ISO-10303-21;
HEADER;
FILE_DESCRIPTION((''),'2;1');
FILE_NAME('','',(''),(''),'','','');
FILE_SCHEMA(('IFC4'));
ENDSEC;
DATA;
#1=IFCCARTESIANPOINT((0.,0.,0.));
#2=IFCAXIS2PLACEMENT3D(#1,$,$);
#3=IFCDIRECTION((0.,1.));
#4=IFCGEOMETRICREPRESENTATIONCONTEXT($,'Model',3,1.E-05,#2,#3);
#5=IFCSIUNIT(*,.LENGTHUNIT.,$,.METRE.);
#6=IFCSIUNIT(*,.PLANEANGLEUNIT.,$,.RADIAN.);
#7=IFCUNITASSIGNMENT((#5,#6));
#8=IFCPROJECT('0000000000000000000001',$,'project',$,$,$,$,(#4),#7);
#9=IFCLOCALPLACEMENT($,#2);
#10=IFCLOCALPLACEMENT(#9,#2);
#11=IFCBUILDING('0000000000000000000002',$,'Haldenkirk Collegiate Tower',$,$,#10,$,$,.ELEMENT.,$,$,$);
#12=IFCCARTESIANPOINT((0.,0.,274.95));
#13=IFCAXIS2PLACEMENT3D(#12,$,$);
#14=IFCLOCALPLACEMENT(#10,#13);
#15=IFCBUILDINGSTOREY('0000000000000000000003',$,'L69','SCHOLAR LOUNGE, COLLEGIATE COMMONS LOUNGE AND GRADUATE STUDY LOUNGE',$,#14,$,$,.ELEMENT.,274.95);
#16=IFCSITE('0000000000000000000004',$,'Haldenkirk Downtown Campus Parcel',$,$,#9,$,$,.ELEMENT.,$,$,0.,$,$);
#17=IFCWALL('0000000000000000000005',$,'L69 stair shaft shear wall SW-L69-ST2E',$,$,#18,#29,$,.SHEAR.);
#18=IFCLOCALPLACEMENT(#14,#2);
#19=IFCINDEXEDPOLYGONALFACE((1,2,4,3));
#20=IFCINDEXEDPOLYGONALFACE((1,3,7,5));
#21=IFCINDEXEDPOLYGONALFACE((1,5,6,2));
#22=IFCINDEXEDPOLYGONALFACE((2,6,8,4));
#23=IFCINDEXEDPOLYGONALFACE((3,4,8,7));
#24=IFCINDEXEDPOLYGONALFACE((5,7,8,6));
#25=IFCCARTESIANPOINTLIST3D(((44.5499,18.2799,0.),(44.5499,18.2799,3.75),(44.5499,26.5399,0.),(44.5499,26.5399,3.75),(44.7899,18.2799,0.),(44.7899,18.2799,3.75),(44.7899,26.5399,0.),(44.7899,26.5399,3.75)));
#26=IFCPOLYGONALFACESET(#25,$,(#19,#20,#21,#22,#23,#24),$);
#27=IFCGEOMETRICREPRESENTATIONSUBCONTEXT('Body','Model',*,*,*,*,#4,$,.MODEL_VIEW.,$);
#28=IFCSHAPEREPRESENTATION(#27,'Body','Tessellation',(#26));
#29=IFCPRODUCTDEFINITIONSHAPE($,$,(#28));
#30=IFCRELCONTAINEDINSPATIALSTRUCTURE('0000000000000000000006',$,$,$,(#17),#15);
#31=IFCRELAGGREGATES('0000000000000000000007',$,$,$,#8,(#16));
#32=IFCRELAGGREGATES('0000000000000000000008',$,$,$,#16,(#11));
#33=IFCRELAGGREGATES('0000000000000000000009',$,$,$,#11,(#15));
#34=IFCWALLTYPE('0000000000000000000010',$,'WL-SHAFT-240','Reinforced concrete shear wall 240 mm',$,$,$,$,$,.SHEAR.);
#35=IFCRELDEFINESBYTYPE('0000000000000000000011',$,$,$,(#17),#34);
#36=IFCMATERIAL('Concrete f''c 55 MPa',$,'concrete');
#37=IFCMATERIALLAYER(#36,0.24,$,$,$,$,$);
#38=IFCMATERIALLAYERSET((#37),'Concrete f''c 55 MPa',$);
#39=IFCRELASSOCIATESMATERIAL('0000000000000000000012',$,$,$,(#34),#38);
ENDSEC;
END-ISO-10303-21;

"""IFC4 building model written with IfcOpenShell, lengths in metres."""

from ifc_helpers import new_model, si_unit, direction, frame, frame_2d, origin, place, context, subcontext, project, spatial, rectangle, extrude, material, layer, layer_set, type_object, element, save


model = new_model("IFC4")

# Units and contexts
model_context = context("Model", 3, precision=1e-05, world=origin(), true_north=direction((0.0, 1.0)))
body_context = subcontext(model_context, "Body", "Model", "MODEL_VIEW")
ifc_project = project(units=[si_unit("LENGTHUNIT", "METRE"), si_unit("PLANEANGLEUNIT", "RADIAN")], contexts=[model_context])

# Site, building, storey
site_placement = place(None, origin())
site = spatial("IfcSite", under=ifc_project, at=site_placement, Name="Haldenkirk Downtown Campus Parcel", CompositionType="ELEMENT", RefElevation=0.0)
building_placement = place(site_placement, origin())
building = spatial("IfcBuilding", under=site, at=building_placement, Name="Haldenkirk Collegiate Tower", CompositionType="ELEMENT")
storey_placement = place(building_placement, frame((0.0, 0.0, 274.95)))
storey = spatial("IfcBuildingStorey", under=building, at=storey_placement, Name="L69", Description="SCHOLAR LOUNGE, COLLEGIATE COMMONS LOUNGE AND GRADUATE STUDY LOUNGE", CompositionType="ELEMENT", Elevation=274.95)

# Shared definitions
ifc_material_1 = material(Name="Concrete f'c 55 MPa", Category="concrete")

# Wall
ifc_layer_1 = layer(ifc_material_1, 0.24)
ifc_layer_set_1 = layer_set([ifc_layer_1], Name="Concrete f'c 55 MPa")
wall_type_1 = type_object("IfcWallType", Name="WL-SHAFT-240", Description="Reinforced concrete shear wall 240 mm", PredefinedType="SHEAR", material=ifc_layer_set_1)
wall_1_placement = place(storey_placement, frame((44.6699, 18.28, 0.0), z_axis=(0.0, 0.0, 1.0), x_axis=(0.0, 1.0, 0.0)))
element("IfcWall", 1, at=wall_1_placement, inside=storey, type_object=wall_type_1, Name="L69 stair shaft shear wall SW-L69-ST2E", PredefinedType="SHEAR", context=body_context, shape_type="SweptSolid", body=[
    extrude(rectangle(XDim=8.26, YDim=0.24, at=frame_2d((4.1299, 0.0))), origin(), (0.0, 0.0, 1.0), 3.75),
])

save(model, "model.ifc")
